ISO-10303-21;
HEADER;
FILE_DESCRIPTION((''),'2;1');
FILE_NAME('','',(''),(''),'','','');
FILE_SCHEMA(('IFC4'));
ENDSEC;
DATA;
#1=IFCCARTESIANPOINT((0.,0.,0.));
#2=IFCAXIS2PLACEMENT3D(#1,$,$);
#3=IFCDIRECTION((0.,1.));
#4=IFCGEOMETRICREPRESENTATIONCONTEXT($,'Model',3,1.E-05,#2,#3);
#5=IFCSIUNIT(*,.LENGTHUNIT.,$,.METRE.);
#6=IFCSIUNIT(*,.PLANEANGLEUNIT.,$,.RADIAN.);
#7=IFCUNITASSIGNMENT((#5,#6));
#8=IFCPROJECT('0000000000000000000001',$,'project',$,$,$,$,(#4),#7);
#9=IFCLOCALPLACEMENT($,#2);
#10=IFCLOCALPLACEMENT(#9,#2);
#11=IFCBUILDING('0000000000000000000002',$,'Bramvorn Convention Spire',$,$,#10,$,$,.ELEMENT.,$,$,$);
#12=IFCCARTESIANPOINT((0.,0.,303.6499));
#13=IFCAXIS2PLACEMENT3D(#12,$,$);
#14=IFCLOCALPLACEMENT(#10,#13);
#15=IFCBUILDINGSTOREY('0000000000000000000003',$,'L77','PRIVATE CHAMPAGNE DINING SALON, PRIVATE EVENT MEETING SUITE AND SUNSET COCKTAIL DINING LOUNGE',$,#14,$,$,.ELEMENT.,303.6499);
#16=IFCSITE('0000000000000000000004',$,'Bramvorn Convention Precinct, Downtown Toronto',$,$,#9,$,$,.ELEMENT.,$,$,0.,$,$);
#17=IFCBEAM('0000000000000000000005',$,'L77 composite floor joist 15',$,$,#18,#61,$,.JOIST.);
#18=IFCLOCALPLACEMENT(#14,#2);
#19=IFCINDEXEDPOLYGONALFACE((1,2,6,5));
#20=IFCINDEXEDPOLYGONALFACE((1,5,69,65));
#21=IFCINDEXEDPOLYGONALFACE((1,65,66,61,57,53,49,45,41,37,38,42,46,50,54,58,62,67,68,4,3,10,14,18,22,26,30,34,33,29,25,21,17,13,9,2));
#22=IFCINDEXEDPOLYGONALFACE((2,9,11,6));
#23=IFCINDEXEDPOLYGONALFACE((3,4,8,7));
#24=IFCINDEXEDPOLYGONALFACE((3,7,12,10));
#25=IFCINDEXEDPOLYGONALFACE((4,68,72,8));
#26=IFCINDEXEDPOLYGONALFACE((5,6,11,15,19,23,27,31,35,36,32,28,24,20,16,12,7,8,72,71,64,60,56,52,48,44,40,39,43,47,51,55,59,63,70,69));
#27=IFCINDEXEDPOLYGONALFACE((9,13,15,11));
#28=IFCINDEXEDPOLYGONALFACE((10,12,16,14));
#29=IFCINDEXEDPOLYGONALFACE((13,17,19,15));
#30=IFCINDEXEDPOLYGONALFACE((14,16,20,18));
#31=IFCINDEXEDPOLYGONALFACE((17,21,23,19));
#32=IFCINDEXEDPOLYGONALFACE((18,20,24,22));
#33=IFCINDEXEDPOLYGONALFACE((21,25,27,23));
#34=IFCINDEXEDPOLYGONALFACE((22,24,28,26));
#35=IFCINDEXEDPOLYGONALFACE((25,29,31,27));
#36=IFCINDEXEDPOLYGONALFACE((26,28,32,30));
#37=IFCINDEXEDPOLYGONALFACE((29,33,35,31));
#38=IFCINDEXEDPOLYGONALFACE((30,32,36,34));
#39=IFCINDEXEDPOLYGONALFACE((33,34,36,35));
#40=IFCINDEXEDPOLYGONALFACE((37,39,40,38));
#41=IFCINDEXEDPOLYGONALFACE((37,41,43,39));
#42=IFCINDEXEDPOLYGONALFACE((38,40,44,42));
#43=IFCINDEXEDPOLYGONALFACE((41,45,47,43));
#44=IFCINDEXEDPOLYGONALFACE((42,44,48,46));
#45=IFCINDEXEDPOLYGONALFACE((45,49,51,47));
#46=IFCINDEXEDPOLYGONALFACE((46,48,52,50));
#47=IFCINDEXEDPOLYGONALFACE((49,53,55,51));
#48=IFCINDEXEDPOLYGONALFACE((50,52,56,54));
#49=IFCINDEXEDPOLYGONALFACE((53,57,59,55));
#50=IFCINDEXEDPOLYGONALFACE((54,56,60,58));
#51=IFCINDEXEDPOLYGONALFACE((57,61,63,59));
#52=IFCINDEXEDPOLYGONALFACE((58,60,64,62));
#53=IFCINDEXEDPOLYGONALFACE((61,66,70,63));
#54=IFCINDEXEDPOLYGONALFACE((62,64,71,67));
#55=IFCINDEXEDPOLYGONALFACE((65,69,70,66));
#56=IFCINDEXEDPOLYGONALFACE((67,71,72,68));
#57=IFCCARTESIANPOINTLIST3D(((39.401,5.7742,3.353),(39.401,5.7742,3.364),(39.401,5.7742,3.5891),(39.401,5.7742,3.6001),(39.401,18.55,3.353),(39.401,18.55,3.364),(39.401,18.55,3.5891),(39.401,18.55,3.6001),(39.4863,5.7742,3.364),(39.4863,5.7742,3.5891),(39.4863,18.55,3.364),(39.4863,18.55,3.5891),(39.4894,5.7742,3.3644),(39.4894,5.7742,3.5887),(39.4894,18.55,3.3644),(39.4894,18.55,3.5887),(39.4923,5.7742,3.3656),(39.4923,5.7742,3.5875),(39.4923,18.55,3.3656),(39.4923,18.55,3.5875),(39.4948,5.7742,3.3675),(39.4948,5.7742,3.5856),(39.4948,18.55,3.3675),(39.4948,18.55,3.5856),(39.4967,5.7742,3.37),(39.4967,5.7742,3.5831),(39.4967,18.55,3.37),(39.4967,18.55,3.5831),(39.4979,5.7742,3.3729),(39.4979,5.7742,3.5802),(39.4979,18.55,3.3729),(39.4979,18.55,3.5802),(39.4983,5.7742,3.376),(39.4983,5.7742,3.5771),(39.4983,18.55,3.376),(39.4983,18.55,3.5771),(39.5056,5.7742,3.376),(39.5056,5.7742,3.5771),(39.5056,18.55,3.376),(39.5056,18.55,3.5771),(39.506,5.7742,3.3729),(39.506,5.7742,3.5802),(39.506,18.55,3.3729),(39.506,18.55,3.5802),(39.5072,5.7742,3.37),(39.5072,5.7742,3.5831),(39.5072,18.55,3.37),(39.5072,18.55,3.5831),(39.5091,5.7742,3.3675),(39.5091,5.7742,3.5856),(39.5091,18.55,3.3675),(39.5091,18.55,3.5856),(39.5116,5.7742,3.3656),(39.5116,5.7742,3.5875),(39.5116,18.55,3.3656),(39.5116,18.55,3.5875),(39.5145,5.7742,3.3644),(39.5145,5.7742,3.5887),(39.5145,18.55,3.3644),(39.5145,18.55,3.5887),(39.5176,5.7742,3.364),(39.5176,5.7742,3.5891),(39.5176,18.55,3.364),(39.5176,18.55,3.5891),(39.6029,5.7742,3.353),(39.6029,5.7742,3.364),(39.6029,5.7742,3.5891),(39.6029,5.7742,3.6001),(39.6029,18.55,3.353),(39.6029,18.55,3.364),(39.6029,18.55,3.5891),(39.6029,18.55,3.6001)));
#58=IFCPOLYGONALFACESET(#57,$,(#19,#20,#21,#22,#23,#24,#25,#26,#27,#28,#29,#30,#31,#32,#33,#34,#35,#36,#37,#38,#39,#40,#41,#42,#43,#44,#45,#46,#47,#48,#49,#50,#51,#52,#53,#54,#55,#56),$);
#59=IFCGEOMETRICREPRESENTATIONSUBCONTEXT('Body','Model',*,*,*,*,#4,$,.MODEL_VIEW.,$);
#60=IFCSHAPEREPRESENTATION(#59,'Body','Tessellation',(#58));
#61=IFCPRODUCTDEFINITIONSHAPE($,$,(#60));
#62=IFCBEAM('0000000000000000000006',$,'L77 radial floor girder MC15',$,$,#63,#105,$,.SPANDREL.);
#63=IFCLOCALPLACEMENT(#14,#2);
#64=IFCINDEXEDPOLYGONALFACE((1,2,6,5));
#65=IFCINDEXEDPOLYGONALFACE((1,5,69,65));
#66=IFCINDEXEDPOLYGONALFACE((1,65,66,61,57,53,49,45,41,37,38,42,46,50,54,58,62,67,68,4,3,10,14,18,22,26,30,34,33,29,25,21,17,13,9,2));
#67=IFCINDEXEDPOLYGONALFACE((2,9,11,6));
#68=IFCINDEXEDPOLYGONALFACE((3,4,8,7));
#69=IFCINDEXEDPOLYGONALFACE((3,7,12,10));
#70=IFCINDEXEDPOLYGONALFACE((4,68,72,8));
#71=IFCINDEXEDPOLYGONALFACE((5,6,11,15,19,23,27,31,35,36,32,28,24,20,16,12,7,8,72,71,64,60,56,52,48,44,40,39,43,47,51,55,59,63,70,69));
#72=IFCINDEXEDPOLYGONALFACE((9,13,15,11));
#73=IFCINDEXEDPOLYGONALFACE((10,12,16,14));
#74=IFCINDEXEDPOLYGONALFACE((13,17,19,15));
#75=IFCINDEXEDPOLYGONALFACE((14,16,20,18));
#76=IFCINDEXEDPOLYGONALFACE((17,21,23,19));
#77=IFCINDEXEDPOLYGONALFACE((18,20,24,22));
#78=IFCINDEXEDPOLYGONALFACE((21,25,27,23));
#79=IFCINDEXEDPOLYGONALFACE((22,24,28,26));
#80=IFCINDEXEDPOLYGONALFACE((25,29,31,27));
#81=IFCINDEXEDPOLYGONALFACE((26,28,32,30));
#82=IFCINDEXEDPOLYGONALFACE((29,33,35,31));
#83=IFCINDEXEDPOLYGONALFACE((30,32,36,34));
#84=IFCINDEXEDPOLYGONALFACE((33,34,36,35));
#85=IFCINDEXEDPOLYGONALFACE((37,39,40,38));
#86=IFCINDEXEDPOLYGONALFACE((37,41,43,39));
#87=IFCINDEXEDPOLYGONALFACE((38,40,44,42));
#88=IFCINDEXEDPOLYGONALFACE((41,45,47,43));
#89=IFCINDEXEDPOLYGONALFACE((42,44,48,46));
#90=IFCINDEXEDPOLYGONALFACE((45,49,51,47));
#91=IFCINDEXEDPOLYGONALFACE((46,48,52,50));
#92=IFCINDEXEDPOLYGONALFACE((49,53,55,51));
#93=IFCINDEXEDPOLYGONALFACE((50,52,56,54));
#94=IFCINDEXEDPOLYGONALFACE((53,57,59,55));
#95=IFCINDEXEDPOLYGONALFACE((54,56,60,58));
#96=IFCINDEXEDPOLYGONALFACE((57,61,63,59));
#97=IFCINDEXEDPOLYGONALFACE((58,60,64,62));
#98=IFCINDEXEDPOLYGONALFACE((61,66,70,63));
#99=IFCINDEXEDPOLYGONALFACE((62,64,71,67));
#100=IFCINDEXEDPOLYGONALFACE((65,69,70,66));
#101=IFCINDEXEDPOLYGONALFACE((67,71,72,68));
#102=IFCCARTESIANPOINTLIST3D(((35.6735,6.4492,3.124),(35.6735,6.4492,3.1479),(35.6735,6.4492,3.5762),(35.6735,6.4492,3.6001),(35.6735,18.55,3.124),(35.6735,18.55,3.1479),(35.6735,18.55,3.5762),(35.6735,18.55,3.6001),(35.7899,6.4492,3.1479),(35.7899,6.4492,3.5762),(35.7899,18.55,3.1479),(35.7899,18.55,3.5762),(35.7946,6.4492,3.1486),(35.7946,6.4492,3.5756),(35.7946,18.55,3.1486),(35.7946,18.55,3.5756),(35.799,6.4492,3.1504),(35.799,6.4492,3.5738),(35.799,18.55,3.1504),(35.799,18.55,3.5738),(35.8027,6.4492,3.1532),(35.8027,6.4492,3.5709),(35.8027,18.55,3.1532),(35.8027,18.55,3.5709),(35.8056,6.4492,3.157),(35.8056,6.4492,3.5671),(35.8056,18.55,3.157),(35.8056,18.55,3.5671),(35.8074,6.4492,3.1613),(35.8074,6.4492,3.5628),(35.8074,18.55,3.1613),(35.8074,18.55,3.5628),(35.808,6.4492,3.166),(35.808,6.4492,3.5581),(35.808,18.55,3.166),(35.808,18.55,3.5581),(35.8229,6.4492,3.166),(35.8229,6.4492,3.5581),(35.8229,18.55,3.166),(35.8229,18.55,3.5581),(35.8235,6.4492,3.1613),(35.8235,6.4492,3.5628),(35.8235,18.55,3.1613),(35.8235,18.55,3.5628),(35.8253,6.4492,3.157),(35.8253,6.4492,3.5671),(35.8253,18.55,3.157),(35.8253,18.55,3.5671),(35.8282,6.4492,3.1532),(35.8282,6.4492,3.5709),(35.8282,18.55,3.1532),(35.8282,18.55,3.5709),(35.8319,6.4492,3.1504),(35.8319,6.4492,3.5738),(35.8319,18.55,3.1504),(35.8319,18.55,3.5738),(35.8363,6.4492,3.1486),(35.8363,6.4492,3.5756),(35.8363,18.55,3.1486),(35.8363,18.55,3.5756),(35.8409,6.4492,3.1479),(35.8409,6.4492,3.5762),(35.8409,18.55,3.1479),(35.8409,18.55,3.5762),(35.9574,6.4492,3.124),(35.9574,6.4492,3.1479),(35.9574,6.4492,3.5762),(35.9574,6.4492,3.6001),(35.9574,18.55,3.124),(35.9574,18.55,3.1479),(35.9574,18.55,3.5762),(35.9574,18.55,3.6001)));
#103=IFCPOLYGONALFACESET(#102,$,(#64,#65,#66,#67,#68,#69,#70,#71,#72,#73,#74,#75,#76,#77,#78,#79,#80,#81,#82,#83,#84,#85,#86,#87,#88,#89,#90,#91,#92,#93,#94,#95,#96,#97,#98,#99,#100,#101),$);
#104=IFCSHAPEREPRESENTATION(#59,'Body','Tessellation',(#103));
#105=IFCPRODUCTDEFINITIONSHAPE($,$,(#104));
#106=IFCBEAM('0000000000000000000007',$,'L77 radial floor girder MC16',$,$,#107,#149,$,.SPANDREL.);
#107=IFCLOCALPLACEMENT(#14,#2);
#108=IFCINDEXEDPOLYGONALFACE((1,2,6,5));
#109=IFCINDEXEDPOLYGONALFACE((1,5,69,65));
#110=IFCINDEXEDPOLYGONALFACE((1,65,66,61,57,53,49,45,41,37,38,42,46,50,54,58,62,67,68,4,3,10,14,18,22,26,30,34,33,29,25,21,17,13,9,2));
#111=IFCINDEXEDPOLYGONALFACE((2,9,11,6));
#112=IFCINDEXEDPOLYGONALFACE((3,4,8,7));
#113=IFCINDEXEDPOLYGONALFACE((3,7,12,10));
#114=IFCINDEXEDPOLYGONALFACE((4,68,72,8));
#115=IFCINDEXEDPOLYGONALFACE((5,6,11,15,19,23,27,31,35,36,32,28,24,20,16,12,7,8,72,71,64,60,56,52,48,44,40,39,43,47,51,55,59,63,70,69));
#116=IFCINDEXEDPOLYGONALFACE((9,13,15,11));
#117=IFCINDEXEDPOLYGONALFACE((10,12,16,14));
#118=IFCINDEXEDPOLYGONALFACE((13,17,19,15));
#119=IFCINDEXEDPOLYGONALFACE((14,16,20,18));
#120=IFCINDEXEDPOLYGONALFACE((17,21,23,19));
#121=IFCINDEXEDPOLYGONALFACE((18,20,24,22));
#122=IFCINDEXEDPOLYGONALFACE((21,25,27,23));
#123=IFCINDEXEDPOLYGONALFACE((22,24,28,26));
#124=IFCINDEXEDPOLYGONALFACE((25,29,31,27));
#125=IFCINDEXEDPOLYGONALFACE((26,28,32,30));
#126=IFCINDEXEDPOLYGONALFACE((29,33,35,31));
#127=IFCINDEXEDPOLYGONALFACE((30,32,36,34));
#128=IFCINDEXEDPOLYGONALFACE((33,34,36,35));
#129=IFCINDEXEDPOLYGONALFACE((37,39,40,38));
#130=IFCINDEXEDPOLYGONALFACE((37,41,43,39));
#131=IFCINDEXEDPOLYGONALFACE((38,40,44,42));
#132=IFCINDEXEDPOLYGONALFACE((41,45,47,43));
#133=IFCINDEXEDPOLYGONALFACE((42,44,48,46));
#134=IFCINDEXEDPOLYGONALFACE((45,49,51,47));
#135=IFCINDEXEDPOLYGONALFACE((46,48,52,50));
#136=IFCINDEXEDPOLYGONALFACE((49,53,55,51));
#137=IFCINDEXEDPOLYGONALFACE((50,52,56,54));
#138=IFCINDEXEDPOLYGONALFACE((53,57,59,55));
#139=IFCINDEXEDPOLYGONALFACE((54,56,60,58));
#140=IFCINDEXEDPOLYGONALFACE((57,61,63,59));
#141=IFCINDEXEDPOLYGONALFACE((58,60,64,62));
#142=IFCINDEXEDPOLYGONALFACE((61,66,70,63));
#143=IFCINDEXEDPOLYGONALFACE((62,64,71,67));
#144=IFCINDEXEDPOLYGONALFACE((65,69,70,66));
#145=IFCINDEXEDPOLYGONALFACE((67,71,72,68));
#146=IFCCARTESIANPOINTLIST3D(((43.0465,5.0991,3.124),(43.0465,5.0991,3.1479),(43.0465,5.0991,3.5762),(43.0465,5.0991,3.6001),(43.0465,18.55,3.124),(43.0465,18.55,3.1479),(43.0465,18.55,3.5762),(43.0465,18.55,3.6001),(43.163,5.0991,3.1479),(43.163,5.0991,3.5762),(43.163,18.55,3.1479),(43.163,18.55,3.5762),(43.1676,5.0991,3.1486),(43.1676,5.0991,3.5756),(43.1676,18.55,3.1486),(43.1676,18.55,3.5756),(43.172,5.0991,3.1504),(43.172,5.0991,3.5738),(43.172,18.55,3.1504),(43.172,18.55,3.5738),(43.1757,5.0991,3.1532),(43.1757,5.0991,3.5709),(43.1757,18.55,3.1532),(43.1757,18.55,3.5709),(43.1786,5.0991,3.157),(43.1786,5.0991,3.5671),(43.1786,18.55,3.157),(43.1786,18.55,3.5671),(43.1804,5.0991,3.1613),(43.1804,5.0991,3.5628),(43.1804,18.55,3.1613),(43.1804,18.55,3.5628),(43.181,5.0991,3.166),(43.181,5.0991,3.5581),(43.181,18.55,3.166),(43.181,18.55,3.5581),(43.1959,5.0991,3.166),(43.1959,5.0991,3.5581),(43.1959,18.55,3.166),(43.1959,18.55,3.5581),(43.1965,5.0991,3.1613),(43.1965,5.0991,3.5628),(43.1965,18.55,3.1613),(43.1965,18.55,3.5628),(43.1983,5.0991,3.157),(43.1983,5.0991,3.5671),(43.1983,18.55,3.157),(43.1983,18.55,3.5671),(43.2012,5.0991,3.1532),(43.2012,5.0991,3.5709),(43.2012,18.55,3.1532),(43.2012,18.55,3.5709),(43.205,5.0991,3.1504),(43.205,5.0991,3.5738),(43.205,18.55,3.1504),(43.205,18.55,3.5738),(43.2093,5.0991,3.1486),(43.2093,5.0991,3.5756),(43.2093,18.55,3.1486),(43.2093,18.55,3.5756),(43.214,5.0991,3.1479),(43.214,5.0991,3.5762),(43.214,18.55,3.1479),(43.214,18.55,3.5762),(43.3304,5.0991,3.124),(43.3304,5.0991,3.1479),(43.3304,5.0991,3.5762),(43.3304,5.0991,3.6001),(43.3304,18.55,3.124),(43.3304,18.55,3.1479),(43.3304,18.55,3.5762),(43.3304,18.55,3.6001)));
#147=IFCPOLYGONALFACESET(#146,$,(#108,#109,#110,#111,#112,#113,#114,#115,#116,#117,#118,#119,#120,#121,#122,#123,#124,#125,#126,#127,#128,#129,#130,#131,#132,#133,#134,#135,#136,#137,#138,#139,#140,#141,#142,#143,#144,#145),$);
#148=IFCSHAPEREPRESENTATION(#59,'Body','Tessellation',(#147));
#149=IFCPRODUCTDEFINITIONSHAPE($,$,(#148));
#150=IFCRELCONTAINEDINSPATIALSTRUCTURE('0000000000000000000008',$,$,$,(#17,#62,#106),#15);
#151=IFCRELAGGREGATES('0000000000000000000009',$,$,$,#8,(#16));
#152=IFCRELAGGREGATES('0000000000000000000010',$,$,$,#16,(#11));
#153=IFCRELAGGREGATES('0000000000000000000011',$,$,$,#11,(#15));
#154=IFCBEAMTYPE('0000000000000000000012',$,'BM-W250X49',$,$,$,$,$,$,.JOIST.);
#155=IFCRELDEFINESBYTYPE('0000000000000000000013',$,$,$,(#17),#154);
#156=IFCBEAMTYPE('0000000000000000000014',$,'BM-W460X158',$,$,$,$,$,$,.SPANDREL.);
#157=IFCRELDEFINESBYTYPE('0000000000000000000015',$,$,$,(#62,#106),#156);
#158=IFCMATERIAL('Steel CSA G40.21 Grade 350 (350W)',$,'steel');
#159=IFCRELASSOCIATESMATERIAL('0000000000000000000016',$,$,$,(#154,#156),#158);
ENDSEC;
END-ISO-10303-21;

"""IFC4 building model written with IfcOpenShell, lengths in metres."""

from ifc_helpers import new_model, si_unit, direction, frame, origin, origin_2d, place, context, subcontext, project, spatial, i_section, extrude, material, material_profile, profile_set, type_object, element, save


model = new_model("IFC4")

# Units and contexts
model_context = context("Model", 3, precision=1e-05, world=origin(), true_north=direction((0.0, 1.0)))
body_context = subcontext(model_context, "Body", "Model", "MODEL_VIEW")
ifc_project = project(units=[si_unit("LENGTHUNIT", "METRE"), si_unit("PLANEANGLEUNIT", "RADIAN")], contexts=[model_context])

# Site, building, storey
site_placement = place(None, origin())
site = spatial("IfcSite", under=ifc_project, at=site_placement, Name="Bramvorn Convention Precinct, Downtown Toronto", CompositionType="ELEMENT", RefElevation=0.0)
building_placement = place(site_placement, origin())
building = spatial("IfcBuilding", under=site, at=building_placement, Name="Bramvorn Convention Spire", CompositionType="ELEMENT")
storey_placement = place(building_placement, frame((0.0, 0.0, 303.6499)))
storey = spatial("IfcBuildingStorey", under=building, at=storey_placement, Name="L77", Description="PRIVATE CHAMPAGNE DINING SALON, PRIVATE EVENT MEETING SUITE AND SUNSET COCKTAIL DINING LOUNGE", CompositionType="ELEMENT", Elevation=303.6499)

# Beams
ifc_material_1 = material(Name="Steel CSA G40.21 Grade 350 (350W)", Category="steel")
ifc_material_profile_1 = material_profile(ifc_material_1, i_section(OverallWidth=0.2019, OverallDepth=0.2471, WebThickness=0.0073, FlangeThickness=0.011, FilletRadius=0.012, at=origin_2d()))
ifc_profile_set_1 = profile_set([ifc_material_profile_1], Name="Steel CSA G40.21 Grade 350 (350W) - W250X49")
beam_type_1 = type_object("IfcBeamType", Name="BM-W250X49", PredefinedType="JOIST", material=ifc_profile_set_1)
beam_1_placement = place(storey_placement, frame((39.502, 18.55, 3.4766), z_axis=(0.0, -1.0, 0.0), x_axis=(1.0, 0.0, 0.0)))
element("IfcBeam", 1, at=beam_1_placement, inside=storey, type_object=beam_type_1, Name="L77 composite floor joist 15", PredefinedType="JOIST", context=body_context, shape_type="SweptSolid", body=[
    extrude(i_section(OverallWidth=0.2019, OverallDepth=0.2471, WebThickness=0.0073, FlangeThickness=0.011, FilletRadius=0.012, at=origin_2d()), origin(), (0.0, 0.0, 1.0), 12.7759),
])
ifc_material_profile_2 = material_profile(ifc_material_1, i_section(OverallWidth=0.2839, OverallDepth=0.4761, WebThickness=0.0149, FlangeThickness=0.0239, FilletRadius=0.0181, at=origin_2d()))
ifc_profile_set_2 = profile_set([ifc_material_profile_2], Name="Steel CSA G40.21 Grade 350 (350W) - W460X158")
beam_type_2 = type_object("IfcBeamType", Name="BM-W460X158", PredefinedType="SPANDREL", material=ifc_profile_set_2)
beam_2_placement = place(storey_placement, frame((35.8154, 18.55, 3.3621), z_axis=(0.0, -1.0, 0.0), x_axis=(1.0, 0.0, 0.0)))
element("IfcBeam", 2, at=beam_2_placement, inside=storey, type_object=beam_type_2, Name="L77 radial floor girder MC15", PredefinedType="SPANDREL", context=body_context, shape_type="SweptSolid", body=[
    extrude(i_section(OverallWidth=0.2839, OverallDepth=0.4761, WebThickness=0.0149, FlangeThickness=0.0239, FilletRadius=0.0181, at=origin_2d()), origin(), (0.0, 0.0, 1.0), 12.1008),
])
beam_3_placement = place(storey_placement, frame((43.1885, 18.55, 3.3621), z_axis=(0.0, -1.0, 0.0), x_axis=(1.0, 0.0, 0.0)))
element("IfcBeam", 3, at=beam_3_placement, inside=storey, type_object=beam_type_2, Name="L77 radial floor girder MC16", PredefinedType="SPANDREL", context=body_context, shape_type="SweptSolid", body=[
    extrude(i_section(OverallWidth=0.2839, OverallDepth=0.4761, WebThickness=0.0149, FlangeThickness=0.0239, FilletRadius=0.0181, at=origin_2d()), origin(), (0.0, 0.0, 1.0), 13.4509),
])

save(model, "model.ifc")
